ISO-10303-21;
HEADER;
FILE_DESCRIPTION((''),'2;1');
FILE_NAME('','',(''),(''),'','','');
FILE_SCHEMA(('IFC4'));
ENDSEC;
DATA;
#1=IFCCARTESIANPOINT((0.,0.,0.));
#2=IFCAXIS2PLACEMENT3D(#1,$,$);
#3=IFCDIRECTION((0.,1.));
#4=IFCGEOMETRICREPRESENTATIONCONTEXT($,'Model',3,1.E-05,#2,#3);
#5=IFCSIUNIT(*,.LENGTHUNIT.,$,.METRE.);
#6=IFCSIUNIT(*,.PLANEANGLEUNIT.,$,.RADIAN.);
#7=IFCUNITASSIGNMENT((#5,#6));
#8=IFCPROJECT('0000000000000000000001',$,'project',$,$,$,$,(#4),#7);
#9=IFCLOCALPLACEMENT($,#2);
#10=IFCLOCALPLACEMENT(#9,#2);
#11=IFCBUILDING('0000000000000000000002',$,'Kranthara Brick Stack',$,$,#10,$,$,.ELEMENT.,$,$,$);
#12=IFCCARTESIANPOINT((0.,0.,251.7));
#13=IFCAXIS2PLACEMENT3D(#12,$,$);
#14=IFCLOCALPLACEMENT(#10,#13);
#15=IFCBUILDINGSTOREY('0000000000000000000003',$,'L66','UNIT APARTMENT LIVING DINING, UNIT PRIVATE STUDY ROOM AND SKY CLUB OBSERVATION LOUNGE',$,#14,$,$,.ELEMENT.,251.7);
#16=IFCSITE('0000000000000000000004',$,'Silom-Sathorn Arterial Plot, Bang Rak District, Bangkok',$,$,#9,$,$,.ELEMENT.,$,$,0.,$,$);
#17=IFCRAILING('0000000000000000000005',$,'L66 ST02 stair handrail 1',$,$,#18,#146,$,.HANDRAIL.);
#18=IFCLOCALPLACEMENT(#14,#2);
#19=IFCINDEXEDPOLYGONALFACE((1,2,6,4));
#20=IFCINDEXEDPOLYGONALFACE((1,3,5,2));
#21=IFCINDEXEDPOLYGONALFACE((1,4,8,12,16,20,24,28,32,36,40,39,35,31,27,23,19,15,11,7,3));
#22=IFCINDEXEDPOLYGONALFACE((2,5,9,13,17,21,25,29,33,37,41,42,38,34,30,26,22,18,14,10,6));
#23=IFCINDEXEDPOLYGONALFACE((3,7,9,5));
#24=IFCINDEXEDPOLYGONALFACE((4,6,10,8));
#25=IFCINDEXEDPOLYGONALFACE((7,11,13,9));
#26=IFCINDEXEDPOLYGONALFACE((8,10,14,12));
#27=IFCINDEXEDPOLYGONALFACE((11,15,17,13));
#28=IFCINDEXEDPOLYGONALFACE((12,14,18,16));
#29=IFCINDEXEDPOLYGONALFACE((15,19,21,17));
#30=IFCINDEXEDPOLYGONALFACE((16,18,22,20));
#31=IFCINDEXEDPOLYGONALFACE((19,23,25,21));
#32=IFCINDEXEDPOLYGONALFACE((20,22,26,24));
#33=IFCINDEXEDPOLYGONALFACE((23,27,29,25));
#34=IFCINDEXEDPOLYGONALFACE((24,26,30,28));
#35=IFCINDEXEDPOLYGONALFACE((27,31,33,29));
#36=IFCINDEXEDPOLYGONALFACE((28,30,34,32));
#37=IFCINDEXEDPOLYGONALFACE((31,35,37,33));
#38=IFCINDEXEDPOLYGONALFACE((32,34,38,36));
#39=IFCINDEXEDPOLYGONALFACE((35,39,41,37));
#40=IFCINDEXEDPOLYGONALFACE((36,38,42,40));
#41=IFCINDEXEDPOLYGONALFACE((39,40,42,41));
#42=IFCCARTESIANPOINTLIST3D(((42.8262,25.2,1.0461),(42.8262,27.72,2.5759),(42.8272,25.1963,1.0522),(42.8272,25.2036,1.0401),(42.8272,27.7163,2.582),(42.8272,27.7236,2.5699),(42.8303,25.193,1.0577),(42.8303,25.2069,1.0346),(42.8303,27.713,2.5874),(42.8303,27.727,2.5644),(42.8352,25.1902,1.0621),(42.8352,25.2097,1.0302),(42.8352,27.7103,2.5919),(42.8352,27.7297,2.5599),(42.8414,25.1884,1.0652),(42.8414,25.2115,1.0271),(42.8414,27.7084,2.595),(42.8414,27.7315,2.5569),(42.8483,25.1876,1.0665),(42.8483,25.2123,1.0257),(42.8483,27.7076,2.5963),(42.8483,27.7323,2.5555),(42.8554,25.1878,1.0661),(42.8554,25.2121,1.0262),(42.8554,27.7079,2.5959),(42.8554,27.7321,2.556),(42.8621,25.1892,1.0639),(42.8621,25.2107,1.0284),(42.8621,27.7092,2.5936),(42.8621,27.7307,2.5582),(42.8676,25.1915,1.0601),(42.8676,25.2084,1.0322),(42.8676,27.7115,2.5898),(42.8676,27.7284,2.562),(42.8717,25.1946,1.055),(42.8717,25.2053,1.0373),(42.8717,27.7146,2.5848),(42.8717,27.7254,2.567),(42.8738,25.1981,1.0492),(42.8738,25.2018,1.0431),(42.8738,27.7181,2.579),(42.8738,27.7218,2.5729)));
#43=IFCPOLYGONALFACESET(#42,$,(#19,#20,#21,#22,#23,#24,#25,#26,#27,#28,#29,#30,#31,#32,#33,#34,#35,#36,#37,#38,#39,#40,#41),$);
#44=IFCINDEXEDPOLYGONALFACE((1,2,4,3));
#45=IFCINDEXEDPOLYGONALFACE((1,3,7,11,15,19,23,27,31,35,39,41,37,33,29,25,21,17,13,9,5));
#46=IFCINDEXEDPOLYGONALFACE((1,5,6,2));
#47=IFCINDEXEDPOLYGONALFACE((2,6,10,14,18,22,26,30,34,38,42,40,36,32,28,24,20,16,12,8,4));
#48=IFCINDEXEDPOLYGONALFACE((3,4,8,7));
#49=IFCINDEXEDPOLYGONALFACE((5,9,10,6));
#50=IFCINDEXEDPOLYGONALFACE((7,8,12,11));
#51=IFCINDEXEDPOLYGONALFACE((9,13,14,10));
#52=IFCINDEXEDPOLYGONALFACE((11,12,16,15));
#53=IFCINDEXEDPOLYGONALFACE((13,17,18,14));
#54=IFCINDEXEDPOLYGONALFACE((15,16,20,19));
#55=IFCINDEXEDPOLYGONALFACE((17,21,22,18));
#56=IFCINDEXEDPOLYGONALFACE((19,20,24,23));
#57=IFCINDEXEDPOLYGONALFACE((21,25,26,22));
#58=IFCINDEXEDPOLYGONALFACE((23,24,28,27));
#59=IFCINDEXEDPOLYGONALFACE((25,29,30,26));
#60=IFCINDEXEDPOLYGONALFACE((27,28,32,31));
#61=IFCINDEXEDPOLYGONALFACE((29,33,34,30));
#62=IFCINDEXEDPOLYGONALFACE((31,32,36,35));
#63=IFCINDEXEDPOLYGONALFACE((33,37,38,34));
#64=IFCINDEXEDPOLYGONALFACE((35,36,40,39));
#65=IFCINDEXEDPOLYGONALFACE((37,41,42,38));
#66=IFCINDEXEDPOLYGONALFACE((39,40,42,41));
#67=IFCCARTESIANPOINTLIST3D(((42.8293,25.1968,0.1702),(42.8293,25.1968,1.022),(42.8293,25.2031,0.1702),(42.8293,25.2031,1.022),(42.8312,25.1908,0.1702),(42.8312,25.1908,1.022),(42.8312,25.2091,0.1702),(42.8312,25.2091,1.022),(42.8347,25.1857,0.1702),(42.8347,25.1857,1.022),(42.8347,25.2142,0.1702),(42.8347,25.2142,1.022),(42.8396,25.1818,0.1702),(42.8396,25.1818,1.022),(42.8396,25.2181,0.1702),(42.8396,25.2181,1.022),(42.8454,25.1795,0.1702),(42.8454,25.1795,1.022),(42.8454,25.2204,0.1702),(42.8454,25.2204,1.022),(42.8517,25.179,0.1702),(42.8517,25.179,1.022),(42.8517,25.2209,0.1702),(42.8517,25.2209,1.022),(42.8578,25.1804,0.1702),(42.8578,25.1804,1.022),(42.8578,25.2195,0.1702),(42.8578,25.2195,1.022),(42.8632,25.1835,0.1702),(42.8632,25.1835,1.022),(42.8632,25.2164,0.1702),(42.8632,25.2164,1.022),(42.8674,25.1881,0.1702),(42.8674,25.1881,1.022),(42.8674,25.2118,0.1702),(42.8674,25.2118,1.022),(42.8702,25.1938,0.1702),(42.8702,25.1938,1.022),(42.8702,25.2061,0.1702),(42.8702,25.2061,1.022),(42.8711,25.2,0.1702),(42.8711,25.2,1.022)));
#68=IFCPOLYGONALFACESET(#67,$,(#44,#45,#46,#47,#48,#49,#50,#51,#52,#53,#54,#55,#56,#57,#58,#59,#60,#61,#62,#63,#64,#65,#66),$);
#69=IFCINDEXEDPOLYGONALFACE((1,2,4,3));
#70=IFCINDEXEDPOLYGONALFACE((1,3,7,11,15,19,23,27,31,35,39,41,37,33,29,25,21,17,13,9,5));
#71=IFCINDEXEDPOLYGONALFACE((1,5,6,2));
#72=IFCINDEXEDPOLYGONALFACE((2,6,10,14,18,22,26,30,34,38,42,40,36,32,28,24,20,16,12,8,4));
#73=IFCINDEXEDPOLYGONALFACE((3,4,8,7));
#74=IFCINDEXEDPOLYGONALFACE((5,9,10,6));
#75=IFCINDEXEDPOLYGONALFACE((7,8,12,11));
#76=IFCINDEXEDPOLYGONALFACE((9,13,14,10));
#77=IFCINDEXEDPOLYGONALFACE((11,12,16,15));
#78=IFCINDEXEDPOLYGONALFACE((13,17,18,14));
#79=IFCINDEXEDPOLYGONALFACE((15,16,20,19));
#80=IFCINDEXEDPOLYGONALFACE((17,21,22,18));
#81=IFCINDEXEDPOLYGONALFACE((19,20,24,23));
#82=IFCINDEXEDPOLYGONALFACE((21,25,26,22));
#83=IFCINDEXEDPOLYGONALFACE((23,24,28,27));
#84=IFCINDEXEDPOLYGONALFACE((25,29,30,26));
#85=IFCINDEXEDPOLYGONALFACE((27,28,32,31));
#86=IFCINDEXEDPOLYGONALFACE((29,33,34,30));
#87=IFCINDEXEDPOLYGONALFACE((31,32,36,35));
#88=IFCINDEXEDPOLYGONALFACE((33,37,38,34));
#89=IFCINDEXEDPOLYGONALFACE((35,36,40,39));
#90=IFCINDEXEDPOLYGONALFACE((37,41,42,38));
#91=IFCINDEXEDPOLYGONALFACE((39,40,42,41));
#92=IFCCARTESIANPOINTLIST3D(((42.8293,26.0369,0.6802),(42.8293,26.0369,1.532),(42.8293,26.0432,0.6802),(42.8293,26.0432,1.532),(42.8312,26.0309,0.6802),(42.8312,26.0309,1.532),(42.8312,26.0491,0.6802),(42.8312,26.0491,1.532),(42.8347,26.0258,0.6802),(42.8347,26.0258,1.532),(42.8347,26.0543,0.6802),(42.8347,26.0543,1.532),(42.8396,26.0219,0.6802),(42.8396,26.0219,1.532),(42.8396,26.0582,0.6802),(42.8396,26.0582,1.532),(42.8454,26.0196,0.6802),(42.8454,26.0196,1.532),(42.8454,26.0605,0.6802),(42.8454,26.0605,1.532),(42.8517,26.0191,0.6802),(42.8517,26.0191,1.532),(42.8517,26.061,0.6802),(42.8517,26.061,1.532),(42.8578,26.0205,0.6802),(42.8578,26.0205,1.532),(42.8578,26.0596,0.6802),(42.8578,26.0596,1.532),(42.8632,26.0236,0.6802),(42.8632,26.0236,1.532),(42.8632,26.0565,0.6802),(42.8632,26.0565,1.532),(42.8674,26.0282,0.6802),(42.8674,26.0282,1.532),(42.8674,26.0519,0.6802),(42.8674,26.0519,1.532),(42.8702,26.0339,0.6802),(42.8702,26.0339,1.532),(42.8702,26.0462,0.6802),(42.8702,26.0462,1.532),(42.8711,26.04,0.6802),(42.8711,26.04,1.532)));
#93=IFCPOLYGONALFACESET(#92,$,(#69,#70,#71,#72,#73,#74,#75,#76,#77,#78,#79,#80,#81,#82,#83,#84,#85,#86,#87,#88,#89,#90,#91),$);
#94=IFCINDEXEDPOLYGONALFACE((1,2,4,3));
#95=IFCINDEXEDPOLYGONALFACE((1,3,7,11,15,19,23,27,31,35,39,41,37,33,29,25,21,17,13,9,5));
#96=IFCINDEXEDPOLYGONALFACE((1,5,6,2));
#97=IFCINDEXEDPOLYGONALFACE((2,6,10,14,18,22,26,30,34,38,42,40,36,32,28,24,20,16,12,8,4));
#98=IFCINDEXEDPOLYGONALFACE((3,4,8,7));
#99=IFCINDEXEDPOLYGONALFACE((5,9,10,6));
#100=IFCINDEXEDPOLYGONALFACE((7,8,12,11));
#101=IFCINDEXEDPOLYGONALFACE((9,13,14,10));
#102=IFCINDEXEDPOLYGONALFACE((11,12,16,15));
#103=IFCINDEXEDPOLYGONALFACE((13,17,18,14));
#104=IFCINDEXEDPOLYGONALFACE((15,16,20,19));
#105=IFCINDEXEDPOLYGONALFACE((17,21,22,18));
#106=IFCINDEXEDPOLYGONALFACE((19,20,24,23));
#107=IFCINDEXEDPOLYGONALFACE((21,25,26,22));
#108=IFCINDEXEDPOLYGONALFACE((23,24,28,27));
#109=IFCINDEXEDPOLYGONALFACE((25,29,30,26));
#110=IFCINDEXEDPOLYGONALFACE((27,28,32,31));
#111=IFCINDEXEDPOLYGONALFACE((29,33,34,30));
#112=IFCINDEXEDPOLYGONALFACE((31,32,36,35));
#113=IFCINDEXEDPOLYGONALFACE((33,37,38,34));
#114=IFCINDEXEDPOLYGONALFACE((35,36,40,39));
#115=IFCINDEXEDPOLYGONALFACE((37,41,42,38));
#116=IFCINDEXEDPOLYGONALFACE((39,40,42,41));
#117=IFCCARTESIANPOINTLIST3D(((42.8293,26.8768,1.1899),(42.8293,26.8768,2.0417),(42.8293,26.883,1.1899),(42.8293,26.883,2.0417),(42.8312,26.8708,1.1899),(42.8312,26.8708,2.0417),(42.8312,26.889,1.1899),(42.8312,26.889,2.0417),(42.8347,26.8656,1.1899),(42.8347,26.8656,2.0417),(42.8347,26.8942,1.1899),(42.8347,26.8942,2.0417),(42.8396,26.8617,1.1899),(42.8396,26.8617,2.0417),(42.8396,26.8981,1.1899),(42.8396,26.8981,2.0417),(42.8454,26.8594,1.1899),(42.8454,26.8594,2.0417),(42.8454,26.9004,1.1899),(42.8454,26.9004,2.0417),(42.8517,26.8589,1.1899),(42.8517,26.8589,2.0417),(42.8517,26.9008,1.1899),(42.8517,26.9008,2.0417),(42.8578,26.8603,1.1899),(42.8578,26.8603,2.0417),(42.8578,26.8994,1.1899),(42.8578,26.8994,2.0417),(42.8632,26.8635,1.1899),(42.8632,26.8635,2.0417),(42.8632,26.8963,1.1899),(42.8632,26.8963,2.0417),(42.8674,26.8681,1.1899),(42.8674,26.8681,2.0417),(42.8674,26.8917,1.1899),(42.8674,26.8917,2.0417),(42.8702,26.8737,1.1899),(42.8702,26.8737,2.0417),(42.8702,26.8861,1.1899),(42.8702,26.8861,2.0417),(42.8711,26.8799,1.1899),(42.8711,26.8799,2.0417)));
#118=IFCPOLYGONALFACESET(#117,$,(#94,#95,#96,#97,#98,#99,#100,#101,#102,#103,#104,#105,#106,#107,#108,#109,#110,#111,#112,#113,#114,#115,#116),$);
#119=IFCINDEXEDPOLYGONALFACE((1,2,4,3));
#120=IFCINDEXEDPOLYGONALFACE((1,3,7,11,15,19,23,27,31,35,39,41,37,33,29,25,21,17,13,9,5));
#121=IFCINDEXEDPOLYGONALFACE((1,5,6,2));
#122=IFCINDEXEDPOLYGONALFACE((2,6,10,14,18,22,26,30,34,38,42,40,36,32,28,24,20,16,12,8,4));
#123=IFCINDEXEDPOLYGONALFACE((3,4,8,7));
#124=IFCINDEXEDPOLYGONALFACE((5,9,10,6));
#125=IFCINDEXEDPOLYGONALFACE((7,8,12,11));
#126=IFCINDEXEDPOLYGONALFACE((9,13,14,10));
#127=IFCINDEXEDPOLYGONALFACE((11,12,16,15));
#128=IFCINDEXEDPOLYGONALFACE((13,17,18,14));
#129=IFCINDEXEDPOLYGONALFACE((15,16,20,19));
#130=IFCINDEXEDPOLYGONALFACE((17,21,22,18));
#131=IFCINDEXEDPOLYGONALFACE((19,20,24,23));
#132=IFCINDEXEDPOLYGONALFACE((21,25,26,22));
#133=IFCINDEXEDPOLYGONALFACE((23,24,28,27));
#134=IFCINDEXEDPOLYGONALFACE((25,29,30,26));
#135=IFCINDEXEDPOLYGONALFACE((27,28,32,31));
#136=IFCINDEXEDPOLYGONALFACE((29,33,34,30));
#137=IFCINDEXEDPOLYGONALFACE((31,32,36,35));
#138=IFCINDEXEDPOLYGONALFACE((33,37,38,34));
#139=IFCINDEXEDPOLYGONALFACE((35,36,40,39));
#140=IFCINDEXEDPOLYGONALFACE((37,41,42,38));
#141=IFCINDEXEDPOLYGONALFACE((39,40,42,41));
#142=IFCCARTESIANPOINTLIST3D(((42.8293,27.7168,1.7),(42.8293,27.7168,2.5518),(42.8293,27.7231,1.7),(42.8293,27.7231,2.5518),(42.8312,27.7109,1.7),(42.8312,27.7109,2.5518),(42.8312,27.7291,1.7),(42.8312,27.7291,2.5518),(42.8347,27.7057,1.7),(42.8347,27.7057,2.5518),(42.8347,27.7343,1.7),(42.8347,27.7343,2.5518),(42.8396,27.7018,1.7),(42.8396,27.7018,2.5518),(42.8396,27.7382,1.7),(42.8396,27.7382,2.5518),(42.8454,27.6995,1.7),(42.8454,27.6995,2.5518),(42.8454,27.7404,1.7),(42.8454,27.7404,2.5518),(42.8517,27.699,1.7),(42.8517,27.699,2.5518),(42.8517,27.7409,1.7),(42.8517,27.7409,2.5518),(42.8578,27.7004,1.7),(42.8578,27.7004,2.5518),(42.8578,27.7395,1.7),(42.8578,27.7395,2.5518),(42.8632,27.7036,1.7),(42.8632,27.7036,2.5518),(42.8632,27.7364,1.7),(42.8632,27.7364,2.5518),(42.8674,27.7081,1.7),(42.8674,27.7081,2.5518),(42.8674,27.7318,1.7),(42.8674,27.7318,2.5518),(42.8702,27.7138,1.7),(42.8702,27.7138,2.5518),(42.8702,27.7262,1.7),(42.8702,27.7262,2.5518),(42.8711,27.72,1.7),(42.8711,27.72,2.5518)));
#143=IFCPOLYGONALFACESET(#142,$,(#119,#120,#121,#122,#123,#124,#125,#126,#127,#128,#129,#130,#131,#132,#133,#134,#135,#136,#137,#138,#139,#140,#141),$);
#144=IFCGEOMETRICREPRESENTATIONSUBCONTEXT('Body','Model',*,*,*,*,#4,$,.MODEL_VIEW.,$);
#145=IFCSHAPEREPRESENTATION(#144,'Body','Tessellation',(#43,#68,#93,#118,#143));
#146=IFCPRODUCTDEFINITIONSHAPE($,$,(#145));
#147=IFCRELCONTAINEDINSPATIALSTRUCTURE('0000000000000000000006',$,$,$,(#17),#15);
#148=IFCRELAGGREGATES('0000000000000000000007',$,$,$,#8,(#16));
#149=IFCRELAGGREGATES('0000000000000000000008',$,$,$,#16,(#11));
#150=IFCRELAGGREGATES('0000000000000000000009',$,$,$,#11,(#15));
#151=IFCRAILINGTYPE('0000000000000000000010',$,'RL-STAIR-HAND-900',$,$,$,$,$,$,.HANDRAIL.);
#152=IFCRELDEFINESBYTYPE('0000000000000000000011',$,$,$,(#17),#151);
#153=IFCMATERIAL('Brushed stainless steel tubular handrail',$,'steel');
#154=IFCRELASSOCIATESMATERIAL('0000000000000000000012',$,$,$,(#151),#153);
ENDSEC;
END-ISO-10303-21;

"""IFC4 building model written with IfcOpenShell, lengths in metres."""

from ifc_helpers import new_model, si_unit, direction, frame, origin, origin_2d, place, context, subcontext, project, spatial, circle, extrude, material, type_object, element, save


model = new_model("IFC4")

# Units and contexts
model_context = context("Model", 3, precision=1e-05, world=origin(), true_north=direction((0.0, 1.0)))
body_context = subcontext(model_context, "Body", "Model", "MODEL_VIEW")
ifc_project = project(units=[si_unit("LENGTHUNIT", "METRE"), si_unit("PLANEANGLEUNIT", "RADIAN")], contexts=[model_context])

# Site, building, storey
site_placement = place(None, origin())
site = spatial("IfcSite", under=ifc_project, at=site_placement, Name="Silom-Sathorn Arterial Plot, Bang Rak District, Bangkok", CompositionType="ELEMENT", RefElevation=0.0)
building_placement = place(site_placement, origin())
building = spatial("IfcBuilding", under=site, at=building_placement, Name="Kranthara Brick Stack", CompositionType="ELEMENT")
storey_placement = place(building_placement, frame((0.0, 0.0, 251.7)))
storey = spatial("IfcBuildingStorey", under=building, at=storey_placement, Name="L66", Description="UNIT APARTMENT LIVING DINING, UNIT PRIVATE STUDY ROOM AND SKY CLUB OBSERVATION LOUNGE", CompositionType="ELEMENT", Elevation=251.7)

# Railing
ifc_material_1 = material(Name="Brushed stainless steel tubular handrail", Category="steel")
railing_type = type_object("IfcRailingType", Name="RL-STAIR-HAND-900", PredefinedType="HANDRAIL", material=ifc_material_1)
railing_placement = place(storey_placement, frame((42.8501, 25.2, 0.1702)))
element("IfcRailing", 1, at=railing_placement, inside=storey, type_object=railing_type, Name="L66 ST02 stair handrail 1", PredefinedType="HANDRAIL", context=body_context, shape_type="SweptSolid", body=[
    extrude(circle(Radius=0.0239, at=origin_2d()), frame((0.0, 0.0, 0.876), z_axis=(0.0, 0.854822, 0.518922), x_axis=(-1.0, 0.0, 0.0)), (0.0, 0.0, 1.0), 2.948),
    extrude(circle(Radius=0.021, at=origin_2d()), origin(), (0.0, 0.0, 1.0), 0.8518),
    extrude(circle(Radius=0.021, at=origin_2d()), frame((0.0, 0.8401, 0.51)), (0.0, 0.0, 1.0), 0.8518),
    extrude(circle(Radius=0.021, at=origin_2d()), frame((0.0, 1.6799, 1.0198)), (0.0, 0.0, 1.0), 0.8518),
    extrude(circle(Radius=0.021, at=origin_2d()), frame((0.0, 2.52, 1.5298)), (0.0, 0.0, 1.0), 0.8518),
])

save(model, "model.ifc")
